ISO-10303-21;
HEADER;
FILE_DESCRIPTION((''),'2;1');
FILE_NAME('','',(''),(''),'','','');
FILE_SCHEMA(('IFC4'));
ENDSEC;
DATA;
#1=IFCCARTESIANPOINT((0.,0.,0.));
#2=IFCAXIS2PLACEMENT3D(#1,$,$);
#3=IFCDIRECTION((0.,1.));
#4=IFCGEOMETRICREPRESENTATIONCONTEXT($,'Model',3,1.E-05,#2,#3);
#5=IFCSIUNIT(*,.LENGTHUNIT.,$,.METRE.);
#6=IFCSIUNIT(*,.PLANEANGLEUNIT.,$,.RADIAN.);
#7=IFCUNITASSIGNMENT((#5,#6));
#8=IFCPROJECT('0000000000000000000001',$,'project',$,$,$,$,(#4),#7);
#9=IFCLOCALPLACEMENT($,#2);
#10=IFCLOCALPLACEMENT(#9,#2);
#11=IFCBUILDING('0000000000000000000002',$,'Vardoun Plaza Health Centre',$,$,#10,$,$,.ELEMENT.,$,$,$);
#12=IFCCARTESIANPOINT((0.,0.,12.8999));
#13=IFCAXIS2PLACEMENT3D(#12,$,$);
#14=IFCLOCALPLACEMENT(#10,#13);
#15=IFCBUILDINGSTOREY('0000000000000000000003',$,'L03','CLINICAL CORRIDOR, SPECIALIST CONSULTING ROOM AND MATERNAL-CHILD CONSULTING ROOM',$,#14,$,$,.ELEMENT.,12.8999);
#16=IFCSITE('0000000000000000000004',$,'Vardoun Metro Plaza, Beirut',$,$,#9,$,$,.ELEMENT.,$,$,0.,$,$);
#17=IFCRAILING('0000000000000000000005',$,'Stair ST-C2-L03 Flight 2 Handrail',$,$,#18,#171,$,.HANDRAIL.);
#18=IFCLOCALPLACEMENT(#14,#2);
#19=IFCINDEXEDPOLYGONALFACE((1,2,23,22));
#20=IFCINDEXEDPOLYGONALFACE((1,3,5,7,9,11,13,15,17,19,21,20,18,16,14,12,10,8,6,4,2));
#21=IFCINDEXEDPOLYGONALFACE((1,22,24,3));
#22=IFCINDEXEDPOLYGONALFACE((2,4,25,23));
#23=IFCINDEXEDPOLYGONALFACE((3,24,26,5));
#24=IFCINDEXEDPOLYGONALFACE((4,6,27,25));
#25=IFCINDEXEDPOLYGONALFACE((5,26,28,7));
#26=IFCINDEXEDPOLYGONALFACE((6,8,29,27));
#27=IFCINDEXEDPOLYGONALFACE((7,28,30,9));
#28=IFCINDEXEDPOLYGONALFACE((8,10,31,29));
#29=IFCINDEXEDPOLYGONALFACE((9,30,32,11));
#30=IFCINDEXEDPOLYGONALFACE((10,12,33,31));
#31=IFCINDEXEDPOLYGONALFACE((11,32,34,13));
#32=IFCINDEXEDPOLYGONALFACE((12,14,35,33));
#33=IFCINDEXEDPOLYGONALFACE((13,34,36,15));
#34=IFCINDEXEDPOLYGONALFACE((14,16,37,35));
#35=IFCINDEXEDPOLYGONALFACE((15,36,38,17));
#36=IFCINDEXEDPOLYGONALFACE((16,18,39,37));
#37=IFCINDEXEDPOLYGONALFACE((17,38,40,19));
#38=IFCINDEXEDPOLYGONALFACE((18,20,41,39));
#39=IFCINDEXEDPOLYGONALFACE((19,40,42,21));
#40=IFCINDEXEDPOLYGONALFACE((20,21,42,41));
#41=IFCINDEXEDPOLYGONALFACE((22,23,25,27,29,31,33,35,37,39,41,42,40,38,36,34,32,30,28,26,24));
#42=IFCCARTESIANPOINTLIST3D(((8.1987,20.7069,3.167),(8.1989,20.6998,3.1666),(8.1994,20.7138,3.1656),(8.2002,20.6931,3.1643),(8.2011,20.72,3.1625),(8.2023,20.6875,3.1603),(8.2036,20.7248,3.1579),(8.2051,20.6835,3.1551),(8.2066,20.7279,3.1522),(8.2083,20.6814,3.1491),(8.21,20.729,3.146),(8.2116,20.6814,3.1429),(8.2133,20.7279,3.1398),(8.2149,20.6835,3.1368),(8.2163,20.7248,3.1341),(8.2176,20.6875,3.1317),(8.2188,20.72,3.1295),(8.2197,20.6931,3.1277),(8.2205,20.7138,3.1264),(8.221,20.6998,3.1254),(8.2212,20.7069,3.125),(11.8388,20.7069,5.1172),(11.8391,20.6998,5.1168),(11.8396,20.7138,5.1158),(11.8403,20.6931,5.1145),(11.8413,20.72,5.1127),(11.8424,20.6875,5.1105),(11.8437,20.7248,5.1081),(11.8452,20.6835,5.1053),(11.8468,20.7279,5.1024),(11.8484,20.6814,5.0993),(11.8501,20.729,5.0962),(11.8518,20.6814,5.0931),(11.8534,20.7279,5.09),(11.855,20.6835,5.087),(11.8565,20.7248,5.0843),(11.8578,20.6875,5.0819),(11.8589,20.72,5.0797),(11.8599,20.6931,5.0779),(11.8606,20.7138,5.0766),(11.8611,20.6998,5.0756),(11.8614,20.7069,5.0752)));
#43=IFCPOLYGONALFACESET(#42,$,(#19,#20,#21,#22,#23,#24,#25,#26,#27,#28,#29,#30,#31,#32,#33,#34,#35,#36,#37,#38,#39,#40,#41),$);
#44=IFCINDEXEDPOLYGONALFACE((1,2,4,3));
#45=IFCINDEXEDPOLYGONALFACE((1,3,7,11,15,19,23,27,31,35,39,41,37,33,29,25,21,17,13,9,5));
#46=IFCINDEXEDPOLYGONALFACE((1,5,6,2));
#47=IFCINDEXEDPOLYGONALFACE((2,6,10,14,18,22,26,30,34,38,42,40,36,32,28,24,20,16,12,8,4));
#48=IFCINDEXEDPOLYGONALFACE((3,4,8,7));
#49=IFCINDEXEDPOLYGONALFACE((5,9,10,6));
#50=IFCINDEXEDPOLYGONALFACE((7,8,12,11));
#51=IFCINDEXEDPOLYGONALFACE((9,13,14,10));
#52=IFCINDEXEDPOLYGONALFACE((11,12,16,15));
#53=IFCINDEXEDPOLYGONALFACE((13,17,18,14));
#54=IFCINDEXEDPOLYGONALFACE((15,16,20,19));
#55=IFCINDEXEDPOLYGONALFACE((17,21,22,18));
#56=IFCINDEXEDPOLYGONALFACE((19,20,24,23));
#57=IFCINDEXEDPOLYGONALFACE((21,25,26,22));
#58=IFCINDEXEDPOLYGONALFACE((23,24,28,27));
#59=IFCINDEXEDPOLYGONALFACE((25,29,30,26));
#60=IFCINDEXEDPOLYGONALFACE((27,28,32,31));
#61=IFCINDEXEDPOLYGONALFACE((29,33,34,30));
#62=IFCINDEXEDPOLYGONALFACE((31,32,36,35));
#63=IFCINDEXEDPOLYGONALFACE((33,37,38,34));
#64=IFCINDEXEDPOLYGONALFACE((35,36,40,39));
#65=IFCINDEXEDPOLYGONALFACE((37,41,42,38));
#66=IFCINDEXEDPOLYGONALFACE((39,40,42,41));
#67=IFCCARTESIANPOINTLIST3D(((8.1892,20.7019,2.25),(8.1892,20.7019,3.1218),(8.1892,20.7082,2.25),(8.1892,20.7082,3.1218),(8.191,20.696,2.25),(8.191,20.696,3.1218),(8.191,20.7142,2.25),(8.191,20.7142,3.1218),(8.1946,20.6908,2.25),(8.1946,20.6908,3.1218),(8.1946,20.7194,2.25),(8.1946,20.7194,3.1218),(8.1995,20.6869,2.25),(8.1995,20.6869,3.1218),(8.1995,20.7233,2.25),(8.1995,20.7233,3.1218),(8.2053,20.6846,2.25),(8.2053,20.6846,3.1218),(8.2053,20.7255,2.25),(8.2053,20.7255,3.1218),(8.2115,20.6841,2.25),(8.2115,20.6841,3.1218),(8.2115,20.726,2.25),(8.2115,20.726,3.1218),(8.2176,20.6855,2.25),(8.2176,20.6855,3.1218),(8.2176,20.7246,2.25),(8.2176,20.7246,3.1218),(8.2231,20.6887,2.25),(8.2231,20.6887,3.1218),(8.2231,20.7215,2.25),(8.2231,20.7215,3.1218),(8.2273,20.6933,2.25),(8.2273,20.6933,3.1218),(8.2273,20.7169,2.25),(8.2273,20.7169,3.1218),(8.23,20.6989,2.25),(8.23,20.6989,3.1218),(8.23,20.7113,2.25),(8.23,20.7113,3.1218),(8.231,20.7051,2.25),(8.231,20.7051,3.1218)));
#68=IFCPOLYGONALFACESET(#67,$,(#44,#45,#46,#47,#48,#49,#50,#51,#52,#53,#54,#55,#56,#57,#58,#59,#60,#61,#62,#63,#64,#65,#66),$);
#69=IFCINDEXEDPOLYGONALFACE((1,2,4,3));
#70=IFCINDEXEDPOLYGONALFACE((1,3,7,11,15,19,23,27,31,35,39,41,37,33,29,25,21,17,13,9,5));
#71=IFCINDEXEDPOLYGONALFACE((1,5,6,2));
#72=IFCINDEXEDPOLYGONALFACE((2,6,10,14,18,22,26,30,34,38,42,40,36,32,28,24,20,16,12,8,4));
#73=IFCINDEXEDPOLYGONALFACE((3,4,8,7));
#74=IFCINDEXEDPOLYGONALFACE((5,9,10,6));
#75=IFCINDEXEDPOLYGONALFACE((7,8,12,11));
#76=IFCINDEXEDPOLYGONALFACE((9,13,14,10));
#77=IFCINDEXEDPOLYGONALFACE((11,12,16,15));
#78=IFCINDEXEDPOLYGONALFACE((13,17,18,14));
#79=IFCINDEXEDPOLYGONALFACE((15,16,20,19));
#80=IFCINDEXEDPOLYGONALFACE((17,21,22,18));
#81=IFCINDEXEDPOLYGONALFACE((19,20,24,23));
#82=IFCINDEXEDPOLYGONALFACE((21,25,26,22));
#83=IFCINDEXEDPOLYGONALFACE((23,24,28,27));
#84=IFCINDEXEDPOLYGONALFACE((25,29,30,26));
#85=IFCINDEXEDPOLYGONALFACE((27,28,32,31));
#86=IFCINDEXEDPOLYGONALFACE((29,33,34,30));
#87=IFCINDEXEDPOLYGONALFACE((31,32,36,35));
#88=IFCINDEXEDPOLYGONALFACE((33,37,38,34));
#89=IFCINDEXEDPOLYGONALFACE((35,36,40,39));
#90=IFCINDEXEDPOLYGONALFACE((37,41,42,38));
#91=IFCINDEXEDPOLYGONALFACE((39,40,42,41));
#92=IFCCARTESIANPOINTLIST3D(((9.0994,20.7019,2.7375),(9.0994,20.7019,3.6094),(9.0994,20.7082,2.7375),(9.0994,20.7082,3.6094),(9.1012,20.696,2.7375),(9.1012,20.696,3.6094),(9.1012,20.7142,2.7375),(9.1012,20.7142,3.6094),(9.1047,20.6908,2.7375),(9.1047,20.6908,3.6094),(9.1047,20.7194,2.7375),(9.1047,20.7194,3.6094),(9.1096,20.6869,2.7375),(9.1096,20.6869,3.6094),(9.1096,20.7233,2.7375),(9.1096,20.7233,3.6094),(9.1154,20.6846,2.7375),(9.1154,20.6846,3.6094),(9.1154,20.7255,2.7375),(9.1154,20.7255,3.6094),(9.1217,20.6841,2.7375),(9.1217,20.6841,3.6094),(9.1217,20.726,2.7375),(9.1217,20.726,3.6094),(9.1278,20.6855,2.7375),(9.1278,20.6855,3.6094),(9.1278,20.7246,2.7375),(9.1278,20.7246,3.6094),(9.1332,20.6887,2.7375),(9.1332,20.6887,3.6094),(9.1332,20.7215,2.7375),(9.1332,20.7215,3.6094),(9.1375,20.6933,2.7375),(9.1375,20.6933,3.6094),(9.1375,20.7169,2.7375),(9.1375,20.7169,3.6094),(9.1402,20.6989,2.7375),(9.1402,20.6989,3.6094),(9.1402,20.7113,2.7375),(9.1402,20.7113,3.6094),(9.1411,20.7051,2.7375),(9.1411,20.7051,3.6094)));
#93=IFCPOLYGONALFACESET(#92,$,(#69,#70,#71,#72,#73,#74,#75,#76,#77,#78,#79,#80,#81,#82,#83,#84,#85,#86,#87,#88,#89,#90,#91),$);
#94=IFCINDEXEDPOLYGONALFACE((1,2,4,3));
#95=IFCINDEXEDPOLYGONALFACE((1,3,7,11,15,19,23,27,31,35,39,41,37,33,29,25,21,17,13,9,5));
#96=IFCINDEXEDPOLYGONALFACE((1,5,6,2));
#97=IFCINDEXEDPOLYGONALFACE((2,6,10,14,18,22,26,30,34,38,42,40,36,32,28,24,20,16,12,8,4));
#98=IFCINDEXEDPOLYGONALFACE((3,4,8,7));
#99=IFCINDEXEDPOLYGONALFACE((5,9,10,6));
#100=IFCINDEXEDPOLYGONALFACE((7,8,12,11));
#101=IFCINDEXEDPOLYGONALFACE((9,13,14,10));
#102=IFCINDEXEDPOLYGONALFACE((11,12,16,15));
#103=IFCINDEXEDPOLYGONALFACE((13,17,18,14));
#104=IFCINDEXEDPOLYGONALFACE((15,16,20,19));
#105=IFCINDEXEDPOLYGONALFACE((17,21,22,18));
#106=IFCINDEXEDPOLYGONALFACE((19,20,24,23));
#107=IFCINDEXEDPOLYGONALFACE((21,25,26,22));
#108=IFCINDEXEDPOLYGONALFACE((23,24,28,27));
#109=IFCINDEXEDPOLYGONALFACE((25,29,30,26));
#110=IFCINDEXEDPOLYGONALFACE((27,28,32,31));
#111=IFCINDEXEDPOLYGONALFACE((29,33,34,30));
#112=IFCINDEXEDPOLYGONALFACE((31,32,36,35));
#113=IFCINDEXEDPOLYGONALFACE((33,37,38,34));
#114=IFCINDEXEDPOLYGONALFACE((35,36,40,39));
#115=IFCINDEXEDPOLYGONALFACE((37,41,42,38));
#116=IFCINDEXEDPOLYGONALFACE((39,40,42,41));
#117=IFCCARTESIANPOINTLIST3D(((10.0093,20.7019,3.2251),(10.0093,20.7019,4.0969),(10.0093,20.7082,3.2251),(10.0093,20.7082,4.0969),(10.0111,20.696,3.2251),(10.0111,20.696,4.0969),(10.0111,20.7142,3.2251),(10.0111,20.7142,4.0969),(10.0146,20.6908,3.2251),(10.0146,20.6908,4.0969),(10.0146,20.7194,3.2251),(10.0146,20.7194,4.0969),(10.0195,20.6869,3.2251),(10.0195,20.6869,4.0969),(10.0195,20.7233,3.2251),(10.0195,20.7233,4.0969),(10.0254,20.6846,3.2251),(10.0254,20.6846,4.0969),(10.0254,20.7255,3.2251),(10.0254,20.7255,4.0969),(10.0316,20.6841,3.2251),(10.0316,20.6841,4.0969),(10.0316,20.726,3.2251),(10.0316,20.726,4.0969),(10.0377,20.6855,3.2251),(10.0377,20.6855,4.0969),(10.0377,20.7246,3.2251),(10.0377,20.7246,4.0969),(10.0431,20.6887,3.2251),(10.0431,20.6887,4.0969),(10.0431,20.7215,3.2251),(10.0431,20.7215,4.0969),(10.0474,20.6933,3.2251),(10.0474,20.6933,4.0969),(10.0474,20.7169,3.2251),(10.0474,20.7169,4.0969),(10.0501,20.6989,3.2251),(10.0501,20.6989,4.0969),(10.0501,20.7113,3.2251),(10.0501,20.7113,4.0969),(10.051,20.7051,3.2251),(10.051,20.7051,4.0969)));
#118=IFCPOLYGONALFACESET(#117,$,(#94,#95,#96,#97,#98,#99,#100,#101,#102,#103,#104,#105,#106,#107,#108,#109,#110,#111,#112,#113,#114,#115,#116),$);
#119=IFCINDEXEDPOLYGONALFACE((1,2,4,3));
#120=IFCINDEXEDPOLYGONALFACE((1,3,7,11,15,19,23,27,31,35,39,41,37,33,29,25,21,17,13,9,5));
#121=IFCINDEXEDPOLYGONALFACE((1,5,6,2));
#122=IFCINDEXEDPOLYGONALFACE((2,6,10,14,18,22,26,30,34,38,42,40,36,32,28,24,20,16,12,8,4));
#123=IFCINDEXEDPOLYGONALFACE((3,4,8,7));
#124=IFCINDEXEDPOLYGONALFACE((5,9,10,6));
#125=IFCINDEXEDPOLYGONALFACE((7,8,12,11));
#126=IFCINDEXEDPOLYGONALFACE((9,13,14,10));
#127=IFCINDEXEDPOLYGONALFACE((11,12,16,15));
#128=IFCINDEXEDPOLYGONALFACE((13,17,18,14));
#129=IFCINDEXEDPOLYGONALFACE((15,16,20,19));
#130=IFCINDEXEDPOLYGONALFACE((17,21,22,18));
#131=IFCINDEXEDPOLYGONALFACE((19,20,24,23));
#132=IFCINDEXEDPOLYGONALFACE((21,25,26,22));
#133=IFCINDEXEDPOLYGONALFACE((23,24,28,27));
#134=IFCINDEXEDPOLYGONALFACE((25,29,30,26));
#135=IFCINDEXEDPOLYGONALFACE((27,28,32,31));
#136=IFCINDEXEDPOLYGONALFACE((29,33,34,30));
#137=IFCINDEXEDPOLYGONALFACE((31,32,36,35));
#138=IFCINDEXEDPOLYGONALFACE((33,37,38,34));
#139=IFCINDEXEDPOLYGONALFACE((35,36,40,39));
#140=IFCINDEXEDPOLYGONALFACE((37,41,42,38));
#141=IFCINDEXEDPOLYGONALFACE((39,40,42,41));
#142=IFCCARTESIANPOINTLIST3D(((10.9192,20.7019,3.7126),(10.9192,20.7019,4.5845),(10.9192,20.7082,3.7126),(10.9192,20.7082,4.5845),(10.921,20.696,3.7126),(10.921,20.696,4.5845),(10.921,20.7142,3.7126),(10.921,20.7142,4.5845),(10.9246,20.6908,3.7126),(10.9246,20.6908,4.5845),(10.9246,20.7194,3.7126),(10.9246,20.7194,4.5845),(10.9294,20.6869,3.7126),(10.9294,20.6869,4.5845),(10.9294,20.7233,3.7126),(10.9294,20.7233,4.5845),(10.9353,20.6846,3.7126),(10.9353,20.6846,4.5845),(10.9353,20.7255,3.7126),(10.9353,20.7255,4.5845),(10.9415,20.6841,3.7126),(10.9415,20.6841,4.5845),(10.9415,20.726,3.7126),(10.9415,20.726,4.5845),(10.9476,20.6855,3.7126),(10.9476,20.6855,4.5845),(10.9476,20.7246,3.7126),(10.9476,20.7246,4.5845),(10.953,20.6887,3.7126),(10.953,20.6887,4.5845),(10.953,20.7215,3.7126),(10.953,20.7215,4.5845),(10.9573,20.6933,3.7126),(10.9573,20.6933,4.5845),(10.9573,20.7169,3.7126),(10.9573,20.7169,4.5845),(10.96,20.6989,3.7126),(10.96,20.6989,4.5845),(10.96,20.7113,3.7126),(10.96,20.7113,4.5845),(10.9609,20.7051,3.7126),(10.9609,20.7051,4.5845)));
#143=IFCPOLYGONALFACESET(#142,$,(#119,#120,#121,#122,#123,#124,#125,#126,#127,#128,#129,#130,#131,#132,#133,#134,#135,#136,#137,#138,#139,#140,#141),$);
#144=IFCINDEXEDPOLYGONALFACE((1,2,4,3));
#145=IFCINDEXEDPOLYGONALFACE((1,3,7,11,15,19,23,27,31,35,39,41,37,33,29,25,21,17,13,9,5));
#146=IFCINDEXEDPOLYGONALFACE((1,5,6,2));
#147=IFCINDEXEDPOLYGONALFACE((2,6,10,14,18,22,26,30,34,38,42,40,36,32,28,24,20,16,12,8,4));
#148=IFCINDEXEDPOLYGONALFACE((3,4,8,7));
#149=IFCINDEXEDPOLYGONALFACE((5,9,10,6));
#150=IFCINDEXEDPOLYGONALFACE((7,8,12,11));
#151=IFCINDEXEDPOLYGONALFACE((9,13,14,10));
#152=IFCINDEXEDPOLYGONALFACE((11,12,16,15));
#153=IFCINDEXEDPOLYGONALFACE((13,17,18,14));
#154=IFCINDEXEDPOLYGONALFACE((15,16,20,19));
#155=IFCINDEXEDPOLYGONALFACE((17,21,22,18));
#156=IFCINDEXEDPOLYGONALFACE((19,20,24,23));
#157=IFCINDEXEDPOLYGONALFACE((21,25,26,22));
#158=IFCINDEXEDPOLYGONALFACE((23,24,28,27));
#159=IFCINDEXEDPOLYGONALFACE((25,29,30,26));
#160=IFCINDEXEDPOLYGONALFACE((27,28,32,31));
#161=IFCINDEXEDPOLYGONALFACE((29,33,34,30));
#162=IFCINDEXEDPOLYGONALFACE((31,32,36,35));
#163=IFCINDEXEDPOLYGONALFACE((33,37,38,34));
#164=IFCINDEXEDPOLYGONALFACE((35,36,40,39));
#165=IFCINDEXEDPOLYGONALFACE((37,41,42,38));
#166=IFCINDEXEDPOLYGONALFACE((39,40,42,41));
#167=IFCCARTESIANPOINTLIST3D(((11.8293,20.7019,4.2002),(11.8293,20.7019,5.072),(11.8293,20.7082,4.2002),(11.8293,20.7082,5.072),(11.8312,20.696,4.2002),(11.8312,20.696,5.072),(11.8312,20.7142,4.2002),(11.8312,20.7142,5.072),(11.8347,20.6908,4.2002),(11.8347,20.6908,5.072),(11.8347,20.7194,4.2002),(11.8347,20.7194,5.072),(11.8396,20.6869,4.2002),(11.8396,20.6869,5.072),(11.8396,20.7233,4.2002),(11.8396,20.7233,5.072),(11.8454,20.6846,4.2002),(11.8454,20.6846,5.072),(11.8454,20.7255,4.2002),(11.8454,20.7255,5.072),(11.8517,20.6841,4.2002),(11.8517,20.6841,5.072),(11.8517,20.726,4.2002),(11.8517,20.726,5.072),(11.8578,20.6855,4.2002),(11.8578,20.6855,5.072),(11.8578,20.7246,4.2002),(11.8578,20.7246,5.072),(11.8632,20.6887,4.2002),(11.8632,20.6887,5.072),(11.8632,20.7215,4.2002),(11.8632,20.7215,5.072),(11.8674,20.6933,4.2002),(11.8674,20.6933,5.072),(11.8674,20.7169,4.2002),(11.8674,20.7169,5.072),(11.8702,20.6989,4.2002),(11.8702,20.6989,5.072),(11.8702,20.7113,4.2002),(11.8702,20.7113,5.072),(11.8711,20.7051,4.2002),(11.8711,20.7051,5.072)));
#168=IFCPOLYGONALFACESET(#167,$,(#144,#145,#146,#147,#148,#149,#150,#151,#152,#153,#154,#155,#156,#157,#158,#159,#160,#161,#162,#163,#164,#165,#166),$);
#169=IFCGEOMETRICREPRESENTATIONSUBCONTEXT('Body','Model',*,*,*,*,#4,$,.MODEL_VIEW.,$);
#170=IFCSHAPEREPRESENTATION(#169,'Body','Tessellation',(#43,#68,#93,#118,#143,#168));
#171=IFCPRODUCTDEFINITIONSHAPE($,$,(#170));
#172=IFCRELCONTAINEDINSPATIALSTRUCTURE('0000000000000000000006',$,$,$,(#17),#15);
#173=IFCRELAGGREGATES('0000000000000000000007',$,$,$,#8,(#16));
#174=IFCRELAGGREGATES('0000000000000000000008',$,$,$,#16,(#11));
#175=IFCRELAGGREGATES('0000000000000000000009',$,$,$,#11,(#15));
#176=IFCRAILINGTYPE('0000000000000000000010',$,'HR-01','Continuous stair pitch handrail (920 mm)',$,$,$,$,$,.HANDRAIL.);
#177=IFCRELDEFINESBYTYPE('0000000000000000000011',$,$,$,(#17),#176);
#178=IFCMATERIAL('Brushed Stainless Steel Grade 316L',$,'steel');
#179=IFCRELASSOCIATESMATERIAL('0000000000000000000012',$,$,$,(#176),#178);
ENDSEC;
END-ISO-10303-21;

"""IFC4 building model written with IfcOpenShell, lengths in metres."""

from ifc_helpers import new_model, si_unit, direction, frame, origin, origin_2d, place, context, subcontext, project, spatial, circle, extrude, material, type_object, element, save


model = new_model("IFC4")

# Units and contexts
model_context = context("Model", 3, precision=1e-05, world=origin(), true_north=direction((0.0, 1.0)))
body_context = subcontext(model_context, "Body", "Model", "MODEL_VIEW")
ifc_project = project(units=[si_unit("LENGTHUNIT", "METRE"), si_unit("PLANEANGLEUNIT", "RADIAN")], contexts=[model_context])

# Site, building, storey
site_placement = place(None, origin())
site = spatial("IfcSite", under=ifc_project, at=site_placement, Name="Vardoun Metro Plaza, Beirut", CompositionType="ELEMENT", RefElevation=0.0)
building_placement = place(site_placement, origin())
building = spatial("IfcBuilding", under=site, at=building_placement, Name="Vardoun Plaza Health Centre", CompositionType="ELEMENT")
storey_placement = place(building_placement, frame((0.0, 0.0, 12.8999)))
storey = spatial("IfcBuildingStorey", under=building, at=storey_placement, Name="L03", Description="CLINICAL CORRIDOR, SPECIALIST CONSULTING ROOM AND MATERNAL-CHILD CONSULTING ROOM", CompositionType="ELEMENT", Elevation=12.8999)

# Railing
ifc_material_1 = material(Name="Brushed Stainless Steel Grade 316L", Category="steel")
railing_type_1 = type_object("IfcRailingType", Name="HR-01", Description="Continuous stair pitch handrail (920 mm)", PredefinedType="HANDRAIL", material=ifc_material_1)
railing_1_placement = place(storey_placement, frame((8.21, 20.7051, 2.25)))
element("IfcRailing", 1, at=railing_1_placement, inside=storey, type_object=railing_type_1, Name="Stair ST-C2-L03 Flight 2 Handrail", PredefinedType="HANDRAIL", context=body_context, shape_type="SweptSolid", body=[
    extrude(circle(Radius=0.0239, at=origin_2d()), frame((0.0, 0.0, 0.896), z_axis=(0.881468, 0.0, 0.472244), x_axis=(0.0, 1.0, 0.0)), (0.0, 0.0, 1.0), 4.1296),
    extrude(circle(Radius=0.021, at=origin_2d()), origin(), (0.0, 0.0, 1.0), 0.8718),
    extrude(circle(Radius=0.021, at=origin_2d()), frame((0.9102, 0.0, 0.4875)), (0.0, 0.0, 1.0), 0.8718),
    extrude(circle(Radius=0.021, at=origin_2d()), frame((1.8201, 0.0, 0.9751)), (0.0, 0.0, 1.0), 0.8718),
    extrude(circle(Radius=0.021, at=origin_2d()), frame((2.73, 0.0, 1.4626)), (0.0, 0.0, 1.0), 0.8718),
    extrude(circle(Radius=0.021, at=origin_2d()), frame((3.6401, 0.0, 1.9502)), (0.0, 0.0, 1.0), 0.8718),
])

save(model, "model.ifc")
